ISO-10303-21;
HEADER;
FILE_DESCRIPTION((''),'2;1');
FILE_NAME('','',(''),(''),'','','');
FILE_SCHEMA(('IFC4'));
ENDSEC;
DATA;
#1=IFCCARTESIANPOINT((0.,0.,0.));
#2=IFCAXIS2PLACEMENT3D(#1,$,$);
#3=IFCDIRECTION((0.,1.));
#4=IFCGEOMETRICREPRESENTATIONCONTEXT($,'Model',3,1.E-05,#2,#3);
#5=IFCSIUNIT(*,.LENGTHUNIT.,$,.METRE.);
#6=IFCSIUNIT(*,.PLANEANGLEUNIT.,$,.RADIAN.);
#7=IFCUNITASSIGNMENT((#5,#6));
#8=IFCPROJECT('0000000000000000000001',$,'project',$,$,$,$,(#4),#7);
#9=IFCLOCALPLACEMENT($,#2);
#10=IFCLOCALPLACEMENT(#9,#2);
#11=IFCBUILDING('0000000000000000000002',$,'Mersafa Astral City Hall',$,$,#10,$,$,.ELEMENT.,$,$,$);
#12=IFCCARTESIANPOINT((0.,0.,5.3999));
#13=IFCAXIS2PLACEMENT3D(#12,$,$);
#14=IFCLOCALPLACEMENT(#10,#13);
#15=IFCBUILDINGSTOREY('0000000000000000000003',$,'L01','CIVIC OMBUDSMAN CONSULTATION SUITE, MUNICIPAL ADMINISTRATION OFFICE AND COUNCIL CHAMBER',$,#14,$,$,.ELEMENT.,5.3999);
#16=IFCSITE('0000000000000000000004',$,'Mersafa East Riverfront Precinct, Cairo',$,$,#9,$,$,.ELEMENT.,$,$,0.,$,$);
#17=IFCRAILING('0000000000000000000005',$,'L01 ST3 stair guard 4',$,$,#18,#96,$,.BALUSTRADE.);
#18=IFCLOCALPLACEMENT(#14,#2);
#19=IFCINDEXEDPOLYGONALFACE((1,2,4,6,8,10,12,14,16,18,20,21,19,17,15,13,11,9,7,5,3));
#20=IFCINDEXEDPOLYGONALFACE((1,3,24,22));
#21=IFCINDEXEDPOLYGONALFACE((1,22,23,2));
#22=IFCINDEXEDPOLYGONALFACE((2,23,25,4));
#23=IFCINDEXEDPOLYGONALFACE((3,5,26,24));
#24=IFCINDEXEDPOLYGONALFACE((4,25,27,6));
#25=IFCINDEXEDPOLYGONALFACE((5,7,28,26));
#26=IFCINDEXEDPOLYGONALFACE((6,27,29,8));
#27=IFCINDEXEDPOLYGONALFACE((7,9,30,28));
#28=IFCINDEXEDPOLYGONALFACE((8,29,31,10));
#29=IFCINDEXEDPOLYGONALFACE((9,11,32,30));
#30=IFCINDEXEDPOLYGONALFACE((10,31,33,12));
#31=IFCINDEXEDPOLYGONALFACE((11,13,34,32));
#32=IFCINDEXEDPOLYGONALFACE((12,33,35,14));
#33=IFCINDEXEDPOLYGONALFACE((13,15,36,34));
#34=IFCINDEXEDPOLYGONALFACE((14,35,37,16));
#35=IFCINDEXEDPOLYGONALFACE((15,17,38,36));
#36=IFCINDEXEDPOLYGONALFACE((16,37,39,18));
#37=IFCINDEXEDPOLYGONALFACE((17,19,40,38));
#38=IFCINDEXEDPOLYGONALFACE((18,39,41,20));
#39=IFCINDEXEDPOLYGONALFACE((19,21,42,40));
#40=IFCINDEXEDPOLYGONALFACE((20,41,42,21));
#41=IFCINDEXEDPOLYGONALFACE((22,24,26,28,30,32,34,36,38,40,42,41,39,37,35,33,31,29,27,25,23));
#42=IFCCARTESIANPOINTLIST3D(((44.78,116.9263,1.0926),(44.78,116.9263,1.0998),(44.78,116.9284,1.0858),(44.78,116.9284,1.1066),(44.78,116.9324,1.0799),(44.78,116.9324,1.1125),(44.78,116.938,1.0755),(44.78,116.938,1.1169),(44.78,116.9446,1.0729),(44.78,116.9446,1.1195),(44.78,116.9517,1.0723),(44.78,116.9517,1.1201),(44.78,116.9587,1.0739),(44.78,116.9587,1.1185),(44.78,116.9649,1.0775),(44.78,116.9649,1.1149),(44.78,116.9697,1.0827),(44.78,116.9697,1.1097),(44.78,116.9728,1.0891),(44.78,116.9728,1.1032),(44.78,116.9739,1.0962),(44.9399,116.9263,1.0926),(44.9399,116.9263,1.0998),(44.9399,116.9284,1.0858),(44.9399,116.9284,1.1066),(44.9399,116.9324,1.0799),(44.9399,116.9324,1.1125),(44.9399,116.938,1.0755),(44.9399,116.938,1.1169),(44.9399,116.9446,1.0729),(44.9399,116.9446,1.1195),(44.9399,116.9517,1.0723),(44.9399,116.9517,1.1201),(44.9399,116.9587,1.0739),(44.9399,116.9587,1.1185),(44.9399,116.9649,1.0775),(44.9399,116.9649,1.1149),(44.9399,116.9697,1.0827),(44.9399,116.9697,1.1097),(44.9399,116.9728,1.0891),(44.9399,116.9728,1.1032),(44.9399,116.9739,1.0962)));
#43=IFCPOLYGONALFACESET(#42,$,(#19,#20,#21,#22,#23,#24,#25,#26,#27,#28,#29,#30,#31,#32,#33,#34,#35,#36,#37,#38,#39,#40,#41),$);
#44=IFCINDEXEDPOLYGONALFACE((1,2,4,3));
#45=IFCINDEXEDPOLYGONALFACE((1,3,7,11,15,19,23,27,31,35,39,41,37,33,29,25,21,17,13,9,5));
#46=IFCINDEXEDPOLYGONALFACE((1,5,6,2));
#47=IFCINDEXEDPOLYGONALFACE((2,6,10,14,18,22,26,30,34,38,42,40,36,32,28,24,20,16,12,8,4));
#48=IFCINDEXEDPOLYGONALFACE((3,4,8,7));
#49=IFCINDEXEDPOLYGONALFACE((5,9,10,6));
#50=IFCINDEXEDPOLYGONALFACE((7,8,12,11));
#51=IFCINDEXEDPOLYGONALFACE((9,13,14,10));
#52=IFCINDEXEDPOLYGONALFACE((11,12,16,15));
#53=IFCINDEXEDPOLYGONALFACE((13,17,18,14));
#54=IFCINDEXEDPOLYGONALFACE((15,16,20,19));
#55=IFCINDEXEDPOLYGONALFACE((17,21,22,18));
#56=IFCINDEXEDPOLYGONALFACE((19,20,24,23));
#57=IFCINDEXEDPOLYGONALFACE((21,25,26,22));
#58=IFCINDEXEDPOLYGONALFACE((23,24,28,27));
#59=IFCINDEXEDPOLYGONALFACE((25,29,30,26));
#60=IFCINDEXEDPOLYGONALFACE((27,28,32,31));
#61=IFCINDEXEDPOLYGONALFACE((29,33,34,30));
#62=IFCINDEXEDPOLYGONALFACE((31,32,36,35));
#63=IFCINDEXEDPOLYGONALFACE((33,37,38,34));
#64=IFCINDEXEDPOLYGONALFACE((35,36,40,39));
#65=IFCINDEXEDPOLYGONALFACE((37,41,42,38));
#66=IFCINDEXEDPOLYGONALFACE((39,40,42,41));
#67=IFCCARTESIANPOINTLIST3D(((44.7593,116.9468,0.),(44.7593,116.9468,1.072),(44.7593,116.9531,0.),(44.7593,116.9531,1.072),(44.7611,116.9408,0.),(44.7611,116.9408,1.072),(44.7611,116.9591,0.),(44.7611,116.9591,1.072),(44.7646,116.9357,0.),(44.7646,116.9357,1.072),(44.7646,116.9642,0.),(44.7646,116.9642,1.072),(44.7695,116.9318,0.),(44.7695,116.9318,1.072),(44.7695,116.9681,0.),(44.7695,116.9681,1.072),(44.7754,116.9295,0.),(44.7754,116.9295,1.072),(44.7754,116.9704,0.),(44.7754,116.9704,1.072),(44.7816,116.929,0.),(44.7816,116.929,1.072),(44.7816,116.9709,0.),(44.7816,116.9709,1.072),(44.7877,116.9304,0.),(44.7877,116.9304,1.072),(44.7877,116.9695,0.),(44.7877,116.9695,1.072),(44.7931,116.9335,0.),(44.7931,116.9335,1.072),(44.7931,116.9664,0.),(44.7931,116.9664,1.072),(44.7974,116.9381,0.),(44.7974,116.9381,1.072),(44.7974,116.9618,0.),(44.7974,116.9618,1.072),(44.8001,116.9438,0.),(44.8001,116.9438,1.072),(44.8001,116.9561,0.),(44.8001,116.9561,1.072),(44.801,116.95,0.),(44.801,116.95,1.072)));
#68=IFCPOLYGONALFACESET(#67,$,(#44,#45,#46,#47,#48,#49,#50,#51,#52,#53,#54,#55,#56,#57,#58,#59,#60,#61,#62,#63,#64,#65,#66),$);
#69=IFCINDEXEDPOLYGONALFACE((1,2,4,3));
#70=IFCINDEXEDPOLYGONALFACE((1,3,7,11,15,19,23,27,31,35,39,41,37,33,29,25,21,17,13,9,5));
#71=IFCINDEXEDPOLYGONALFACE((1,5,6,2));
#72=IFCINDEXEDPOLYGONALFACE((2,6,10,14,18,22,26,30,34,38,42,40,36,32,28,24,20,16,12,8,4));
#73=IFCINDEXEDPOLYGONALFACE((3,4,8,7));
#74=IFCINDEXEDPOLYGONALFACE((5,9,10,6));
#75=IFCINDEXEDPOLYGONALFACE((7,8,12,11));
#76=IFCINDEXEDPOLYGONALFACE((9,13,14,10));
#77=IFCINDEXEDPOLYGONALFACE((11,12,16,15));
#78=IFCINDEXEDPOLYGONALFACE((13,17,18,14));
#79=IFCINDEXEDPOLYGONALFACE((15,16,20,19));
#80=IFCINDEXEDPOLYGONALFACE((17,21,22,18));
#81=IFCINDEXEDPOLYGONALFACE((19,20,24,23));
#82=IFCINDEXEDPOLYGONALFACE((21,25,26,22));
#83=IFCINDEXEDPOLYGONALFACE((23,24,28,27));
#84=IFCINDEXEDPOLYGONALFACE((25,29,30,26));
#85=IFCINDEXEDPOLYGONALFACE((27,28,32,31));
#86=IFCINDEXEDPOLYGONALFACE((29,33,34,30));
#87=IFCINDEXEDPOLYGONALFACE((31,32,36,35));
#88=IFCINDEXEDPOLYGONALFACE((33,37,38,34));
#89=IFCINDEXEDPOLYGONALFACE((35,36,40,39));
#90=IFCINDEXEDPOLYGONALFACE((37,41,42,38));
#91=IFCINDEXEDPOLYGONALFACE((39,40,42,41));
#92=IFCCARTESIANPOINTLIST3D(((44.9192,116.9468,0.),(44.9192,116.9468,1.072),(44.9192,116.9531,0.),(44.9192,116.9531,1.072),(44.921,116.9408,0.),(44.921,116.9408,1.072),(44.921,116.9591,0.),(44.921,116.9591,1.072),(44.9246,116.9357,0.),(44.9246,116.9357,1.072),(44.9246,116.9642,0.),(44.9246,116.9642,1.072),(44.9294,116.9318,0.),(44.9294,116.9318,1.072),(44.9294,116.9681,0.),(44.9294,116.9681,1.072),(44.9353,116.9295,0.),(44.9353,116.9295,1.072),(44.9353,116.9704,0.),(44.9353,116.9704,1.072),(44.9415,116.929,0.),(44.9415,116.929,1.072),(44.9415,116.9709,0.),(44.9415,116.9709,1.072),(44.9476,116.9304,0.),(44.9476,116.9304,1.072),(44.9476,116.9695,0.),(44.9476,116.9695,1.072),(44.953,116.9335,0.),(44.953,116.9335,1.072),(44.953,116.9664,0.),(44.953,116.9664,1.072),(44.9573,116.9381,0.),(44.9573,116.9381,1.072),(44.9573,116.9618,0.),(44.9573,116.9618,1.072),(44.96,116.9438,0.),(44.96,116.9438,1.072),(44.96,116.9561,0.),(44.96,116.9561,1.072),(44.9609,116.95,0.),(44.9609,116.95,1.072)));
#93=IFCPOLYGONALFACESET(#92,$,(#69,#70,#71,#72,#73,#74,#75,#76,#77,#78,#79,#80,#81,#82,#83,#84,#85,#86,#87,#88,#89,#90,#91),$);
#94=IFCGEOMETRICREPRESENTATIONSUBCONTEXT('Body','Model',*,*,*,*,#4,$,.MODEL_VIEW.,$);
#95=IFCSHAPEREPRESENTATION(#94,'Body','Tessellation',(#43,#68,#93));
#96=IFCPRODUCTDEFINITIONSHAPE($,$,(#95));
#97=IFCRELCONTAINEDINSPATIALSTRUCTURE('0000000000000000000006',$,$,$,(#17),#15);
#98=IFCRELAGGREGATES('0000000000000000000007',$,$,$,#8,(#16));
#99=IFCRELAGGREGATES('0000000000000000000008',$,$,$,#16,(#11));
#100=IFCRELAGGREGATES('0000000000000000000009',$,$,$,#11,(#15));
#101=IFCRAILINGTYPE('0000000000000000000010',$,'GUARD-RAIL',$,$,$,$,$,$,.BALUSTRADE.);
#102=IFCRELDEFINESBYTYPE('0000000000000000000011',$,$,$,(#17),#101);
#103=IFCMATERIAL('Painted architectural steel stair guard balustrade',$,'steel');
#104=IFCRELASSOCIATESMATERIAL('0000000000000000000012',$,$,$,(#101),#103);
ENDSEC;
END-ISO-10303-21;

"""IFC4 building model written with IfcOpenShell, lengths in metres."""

from ifc_helpers import new_model, si_unit, direction, frame, origin, origin_2d, place, context, subcontext, project, spatial, circle, extrude, material, type_object, element, save


model = new_model("IFC4")

# Units and contexts
model_context = context("Model", 3, precision=1e-05, world=origin(), true_north=direction((0.0, 1.0)))
body_context = subcontext(model_context, "Body", "Model", "MODEL_VIEW")
ifc_project = project(units=[si_unit("LENGTHUNIT", "METRE"), si_unit("PLANEANGLEUNIT", "RADIAN")], contexts=[model_context])

# Site, building, storey
site_placement = place(None, origin())
site = spatial("IfcSite", under=ifc_project, at=site_placement, Name="Mersafa East Riverfront Precinct, Cairo", CompositionType="ELEMENT", RefElevation=0.0)
building_placement = place(site_placement, origin())
building = spatial("IfcBuilding", under=site, at=building_placement, Name="Mersafa Astral City Hall", CompositionType="ELEMENT")
storey_placement = place(building_placement, frame((0.0, 0.0, 5.3999)))
storey = spatial("IfcBuildingStorey", under=building, at=storey_placement, Name="L01", Description="CIVIC OMBUDSMAN CONSULTATION SUITE, MUNICIPAL ADMINISTRATION OFFICE AND COUNCIL CHAMBER", CompositionType="ELEMENT", Elevation=5.3999)

# Railing
ifc_material_1 = material(Name="Painted architectural steel stair guard balustrade", Category="steel")
railing_type_1 = type_object("IfcRailingType", Name="GUARD-RAIL", PredefinedType="BALUSTRADE", material=ifc_material_1)
railing_1_placement = place(storey_placement, frame((44.78, 116.95, 0.0)))
element("IfcRailing", 1, at=railing_1_placement, inside=storey, type_object=railing_type_1, Name="L01 ST3 stair guard 4", PredefinedType="BALUSTRADE", context=body_context, shape_type="SweptSolid", body=[
    extrude(circle(Radius=0.0239, at=origin_2d()), frame((0.0, 0.0, 1.0962), z_axis=(1.0, 0.0, 0.0), x_axis=(0.0, 1.0, 0.0)), (0.0, 0.0, 1.0), 0.1599),
    extrude(circle(Radius=0.021, at=origin_2d()), origin(), (0.0, 0.0, 1.0), 1.072),
    extrude(circle(Radius=0.021, at=origin_2d()), frame((0.1599, 0.0, 0.0)), (0.0, 0.0, 1.0), 1.072),
])

save(model, "model.ifc")
